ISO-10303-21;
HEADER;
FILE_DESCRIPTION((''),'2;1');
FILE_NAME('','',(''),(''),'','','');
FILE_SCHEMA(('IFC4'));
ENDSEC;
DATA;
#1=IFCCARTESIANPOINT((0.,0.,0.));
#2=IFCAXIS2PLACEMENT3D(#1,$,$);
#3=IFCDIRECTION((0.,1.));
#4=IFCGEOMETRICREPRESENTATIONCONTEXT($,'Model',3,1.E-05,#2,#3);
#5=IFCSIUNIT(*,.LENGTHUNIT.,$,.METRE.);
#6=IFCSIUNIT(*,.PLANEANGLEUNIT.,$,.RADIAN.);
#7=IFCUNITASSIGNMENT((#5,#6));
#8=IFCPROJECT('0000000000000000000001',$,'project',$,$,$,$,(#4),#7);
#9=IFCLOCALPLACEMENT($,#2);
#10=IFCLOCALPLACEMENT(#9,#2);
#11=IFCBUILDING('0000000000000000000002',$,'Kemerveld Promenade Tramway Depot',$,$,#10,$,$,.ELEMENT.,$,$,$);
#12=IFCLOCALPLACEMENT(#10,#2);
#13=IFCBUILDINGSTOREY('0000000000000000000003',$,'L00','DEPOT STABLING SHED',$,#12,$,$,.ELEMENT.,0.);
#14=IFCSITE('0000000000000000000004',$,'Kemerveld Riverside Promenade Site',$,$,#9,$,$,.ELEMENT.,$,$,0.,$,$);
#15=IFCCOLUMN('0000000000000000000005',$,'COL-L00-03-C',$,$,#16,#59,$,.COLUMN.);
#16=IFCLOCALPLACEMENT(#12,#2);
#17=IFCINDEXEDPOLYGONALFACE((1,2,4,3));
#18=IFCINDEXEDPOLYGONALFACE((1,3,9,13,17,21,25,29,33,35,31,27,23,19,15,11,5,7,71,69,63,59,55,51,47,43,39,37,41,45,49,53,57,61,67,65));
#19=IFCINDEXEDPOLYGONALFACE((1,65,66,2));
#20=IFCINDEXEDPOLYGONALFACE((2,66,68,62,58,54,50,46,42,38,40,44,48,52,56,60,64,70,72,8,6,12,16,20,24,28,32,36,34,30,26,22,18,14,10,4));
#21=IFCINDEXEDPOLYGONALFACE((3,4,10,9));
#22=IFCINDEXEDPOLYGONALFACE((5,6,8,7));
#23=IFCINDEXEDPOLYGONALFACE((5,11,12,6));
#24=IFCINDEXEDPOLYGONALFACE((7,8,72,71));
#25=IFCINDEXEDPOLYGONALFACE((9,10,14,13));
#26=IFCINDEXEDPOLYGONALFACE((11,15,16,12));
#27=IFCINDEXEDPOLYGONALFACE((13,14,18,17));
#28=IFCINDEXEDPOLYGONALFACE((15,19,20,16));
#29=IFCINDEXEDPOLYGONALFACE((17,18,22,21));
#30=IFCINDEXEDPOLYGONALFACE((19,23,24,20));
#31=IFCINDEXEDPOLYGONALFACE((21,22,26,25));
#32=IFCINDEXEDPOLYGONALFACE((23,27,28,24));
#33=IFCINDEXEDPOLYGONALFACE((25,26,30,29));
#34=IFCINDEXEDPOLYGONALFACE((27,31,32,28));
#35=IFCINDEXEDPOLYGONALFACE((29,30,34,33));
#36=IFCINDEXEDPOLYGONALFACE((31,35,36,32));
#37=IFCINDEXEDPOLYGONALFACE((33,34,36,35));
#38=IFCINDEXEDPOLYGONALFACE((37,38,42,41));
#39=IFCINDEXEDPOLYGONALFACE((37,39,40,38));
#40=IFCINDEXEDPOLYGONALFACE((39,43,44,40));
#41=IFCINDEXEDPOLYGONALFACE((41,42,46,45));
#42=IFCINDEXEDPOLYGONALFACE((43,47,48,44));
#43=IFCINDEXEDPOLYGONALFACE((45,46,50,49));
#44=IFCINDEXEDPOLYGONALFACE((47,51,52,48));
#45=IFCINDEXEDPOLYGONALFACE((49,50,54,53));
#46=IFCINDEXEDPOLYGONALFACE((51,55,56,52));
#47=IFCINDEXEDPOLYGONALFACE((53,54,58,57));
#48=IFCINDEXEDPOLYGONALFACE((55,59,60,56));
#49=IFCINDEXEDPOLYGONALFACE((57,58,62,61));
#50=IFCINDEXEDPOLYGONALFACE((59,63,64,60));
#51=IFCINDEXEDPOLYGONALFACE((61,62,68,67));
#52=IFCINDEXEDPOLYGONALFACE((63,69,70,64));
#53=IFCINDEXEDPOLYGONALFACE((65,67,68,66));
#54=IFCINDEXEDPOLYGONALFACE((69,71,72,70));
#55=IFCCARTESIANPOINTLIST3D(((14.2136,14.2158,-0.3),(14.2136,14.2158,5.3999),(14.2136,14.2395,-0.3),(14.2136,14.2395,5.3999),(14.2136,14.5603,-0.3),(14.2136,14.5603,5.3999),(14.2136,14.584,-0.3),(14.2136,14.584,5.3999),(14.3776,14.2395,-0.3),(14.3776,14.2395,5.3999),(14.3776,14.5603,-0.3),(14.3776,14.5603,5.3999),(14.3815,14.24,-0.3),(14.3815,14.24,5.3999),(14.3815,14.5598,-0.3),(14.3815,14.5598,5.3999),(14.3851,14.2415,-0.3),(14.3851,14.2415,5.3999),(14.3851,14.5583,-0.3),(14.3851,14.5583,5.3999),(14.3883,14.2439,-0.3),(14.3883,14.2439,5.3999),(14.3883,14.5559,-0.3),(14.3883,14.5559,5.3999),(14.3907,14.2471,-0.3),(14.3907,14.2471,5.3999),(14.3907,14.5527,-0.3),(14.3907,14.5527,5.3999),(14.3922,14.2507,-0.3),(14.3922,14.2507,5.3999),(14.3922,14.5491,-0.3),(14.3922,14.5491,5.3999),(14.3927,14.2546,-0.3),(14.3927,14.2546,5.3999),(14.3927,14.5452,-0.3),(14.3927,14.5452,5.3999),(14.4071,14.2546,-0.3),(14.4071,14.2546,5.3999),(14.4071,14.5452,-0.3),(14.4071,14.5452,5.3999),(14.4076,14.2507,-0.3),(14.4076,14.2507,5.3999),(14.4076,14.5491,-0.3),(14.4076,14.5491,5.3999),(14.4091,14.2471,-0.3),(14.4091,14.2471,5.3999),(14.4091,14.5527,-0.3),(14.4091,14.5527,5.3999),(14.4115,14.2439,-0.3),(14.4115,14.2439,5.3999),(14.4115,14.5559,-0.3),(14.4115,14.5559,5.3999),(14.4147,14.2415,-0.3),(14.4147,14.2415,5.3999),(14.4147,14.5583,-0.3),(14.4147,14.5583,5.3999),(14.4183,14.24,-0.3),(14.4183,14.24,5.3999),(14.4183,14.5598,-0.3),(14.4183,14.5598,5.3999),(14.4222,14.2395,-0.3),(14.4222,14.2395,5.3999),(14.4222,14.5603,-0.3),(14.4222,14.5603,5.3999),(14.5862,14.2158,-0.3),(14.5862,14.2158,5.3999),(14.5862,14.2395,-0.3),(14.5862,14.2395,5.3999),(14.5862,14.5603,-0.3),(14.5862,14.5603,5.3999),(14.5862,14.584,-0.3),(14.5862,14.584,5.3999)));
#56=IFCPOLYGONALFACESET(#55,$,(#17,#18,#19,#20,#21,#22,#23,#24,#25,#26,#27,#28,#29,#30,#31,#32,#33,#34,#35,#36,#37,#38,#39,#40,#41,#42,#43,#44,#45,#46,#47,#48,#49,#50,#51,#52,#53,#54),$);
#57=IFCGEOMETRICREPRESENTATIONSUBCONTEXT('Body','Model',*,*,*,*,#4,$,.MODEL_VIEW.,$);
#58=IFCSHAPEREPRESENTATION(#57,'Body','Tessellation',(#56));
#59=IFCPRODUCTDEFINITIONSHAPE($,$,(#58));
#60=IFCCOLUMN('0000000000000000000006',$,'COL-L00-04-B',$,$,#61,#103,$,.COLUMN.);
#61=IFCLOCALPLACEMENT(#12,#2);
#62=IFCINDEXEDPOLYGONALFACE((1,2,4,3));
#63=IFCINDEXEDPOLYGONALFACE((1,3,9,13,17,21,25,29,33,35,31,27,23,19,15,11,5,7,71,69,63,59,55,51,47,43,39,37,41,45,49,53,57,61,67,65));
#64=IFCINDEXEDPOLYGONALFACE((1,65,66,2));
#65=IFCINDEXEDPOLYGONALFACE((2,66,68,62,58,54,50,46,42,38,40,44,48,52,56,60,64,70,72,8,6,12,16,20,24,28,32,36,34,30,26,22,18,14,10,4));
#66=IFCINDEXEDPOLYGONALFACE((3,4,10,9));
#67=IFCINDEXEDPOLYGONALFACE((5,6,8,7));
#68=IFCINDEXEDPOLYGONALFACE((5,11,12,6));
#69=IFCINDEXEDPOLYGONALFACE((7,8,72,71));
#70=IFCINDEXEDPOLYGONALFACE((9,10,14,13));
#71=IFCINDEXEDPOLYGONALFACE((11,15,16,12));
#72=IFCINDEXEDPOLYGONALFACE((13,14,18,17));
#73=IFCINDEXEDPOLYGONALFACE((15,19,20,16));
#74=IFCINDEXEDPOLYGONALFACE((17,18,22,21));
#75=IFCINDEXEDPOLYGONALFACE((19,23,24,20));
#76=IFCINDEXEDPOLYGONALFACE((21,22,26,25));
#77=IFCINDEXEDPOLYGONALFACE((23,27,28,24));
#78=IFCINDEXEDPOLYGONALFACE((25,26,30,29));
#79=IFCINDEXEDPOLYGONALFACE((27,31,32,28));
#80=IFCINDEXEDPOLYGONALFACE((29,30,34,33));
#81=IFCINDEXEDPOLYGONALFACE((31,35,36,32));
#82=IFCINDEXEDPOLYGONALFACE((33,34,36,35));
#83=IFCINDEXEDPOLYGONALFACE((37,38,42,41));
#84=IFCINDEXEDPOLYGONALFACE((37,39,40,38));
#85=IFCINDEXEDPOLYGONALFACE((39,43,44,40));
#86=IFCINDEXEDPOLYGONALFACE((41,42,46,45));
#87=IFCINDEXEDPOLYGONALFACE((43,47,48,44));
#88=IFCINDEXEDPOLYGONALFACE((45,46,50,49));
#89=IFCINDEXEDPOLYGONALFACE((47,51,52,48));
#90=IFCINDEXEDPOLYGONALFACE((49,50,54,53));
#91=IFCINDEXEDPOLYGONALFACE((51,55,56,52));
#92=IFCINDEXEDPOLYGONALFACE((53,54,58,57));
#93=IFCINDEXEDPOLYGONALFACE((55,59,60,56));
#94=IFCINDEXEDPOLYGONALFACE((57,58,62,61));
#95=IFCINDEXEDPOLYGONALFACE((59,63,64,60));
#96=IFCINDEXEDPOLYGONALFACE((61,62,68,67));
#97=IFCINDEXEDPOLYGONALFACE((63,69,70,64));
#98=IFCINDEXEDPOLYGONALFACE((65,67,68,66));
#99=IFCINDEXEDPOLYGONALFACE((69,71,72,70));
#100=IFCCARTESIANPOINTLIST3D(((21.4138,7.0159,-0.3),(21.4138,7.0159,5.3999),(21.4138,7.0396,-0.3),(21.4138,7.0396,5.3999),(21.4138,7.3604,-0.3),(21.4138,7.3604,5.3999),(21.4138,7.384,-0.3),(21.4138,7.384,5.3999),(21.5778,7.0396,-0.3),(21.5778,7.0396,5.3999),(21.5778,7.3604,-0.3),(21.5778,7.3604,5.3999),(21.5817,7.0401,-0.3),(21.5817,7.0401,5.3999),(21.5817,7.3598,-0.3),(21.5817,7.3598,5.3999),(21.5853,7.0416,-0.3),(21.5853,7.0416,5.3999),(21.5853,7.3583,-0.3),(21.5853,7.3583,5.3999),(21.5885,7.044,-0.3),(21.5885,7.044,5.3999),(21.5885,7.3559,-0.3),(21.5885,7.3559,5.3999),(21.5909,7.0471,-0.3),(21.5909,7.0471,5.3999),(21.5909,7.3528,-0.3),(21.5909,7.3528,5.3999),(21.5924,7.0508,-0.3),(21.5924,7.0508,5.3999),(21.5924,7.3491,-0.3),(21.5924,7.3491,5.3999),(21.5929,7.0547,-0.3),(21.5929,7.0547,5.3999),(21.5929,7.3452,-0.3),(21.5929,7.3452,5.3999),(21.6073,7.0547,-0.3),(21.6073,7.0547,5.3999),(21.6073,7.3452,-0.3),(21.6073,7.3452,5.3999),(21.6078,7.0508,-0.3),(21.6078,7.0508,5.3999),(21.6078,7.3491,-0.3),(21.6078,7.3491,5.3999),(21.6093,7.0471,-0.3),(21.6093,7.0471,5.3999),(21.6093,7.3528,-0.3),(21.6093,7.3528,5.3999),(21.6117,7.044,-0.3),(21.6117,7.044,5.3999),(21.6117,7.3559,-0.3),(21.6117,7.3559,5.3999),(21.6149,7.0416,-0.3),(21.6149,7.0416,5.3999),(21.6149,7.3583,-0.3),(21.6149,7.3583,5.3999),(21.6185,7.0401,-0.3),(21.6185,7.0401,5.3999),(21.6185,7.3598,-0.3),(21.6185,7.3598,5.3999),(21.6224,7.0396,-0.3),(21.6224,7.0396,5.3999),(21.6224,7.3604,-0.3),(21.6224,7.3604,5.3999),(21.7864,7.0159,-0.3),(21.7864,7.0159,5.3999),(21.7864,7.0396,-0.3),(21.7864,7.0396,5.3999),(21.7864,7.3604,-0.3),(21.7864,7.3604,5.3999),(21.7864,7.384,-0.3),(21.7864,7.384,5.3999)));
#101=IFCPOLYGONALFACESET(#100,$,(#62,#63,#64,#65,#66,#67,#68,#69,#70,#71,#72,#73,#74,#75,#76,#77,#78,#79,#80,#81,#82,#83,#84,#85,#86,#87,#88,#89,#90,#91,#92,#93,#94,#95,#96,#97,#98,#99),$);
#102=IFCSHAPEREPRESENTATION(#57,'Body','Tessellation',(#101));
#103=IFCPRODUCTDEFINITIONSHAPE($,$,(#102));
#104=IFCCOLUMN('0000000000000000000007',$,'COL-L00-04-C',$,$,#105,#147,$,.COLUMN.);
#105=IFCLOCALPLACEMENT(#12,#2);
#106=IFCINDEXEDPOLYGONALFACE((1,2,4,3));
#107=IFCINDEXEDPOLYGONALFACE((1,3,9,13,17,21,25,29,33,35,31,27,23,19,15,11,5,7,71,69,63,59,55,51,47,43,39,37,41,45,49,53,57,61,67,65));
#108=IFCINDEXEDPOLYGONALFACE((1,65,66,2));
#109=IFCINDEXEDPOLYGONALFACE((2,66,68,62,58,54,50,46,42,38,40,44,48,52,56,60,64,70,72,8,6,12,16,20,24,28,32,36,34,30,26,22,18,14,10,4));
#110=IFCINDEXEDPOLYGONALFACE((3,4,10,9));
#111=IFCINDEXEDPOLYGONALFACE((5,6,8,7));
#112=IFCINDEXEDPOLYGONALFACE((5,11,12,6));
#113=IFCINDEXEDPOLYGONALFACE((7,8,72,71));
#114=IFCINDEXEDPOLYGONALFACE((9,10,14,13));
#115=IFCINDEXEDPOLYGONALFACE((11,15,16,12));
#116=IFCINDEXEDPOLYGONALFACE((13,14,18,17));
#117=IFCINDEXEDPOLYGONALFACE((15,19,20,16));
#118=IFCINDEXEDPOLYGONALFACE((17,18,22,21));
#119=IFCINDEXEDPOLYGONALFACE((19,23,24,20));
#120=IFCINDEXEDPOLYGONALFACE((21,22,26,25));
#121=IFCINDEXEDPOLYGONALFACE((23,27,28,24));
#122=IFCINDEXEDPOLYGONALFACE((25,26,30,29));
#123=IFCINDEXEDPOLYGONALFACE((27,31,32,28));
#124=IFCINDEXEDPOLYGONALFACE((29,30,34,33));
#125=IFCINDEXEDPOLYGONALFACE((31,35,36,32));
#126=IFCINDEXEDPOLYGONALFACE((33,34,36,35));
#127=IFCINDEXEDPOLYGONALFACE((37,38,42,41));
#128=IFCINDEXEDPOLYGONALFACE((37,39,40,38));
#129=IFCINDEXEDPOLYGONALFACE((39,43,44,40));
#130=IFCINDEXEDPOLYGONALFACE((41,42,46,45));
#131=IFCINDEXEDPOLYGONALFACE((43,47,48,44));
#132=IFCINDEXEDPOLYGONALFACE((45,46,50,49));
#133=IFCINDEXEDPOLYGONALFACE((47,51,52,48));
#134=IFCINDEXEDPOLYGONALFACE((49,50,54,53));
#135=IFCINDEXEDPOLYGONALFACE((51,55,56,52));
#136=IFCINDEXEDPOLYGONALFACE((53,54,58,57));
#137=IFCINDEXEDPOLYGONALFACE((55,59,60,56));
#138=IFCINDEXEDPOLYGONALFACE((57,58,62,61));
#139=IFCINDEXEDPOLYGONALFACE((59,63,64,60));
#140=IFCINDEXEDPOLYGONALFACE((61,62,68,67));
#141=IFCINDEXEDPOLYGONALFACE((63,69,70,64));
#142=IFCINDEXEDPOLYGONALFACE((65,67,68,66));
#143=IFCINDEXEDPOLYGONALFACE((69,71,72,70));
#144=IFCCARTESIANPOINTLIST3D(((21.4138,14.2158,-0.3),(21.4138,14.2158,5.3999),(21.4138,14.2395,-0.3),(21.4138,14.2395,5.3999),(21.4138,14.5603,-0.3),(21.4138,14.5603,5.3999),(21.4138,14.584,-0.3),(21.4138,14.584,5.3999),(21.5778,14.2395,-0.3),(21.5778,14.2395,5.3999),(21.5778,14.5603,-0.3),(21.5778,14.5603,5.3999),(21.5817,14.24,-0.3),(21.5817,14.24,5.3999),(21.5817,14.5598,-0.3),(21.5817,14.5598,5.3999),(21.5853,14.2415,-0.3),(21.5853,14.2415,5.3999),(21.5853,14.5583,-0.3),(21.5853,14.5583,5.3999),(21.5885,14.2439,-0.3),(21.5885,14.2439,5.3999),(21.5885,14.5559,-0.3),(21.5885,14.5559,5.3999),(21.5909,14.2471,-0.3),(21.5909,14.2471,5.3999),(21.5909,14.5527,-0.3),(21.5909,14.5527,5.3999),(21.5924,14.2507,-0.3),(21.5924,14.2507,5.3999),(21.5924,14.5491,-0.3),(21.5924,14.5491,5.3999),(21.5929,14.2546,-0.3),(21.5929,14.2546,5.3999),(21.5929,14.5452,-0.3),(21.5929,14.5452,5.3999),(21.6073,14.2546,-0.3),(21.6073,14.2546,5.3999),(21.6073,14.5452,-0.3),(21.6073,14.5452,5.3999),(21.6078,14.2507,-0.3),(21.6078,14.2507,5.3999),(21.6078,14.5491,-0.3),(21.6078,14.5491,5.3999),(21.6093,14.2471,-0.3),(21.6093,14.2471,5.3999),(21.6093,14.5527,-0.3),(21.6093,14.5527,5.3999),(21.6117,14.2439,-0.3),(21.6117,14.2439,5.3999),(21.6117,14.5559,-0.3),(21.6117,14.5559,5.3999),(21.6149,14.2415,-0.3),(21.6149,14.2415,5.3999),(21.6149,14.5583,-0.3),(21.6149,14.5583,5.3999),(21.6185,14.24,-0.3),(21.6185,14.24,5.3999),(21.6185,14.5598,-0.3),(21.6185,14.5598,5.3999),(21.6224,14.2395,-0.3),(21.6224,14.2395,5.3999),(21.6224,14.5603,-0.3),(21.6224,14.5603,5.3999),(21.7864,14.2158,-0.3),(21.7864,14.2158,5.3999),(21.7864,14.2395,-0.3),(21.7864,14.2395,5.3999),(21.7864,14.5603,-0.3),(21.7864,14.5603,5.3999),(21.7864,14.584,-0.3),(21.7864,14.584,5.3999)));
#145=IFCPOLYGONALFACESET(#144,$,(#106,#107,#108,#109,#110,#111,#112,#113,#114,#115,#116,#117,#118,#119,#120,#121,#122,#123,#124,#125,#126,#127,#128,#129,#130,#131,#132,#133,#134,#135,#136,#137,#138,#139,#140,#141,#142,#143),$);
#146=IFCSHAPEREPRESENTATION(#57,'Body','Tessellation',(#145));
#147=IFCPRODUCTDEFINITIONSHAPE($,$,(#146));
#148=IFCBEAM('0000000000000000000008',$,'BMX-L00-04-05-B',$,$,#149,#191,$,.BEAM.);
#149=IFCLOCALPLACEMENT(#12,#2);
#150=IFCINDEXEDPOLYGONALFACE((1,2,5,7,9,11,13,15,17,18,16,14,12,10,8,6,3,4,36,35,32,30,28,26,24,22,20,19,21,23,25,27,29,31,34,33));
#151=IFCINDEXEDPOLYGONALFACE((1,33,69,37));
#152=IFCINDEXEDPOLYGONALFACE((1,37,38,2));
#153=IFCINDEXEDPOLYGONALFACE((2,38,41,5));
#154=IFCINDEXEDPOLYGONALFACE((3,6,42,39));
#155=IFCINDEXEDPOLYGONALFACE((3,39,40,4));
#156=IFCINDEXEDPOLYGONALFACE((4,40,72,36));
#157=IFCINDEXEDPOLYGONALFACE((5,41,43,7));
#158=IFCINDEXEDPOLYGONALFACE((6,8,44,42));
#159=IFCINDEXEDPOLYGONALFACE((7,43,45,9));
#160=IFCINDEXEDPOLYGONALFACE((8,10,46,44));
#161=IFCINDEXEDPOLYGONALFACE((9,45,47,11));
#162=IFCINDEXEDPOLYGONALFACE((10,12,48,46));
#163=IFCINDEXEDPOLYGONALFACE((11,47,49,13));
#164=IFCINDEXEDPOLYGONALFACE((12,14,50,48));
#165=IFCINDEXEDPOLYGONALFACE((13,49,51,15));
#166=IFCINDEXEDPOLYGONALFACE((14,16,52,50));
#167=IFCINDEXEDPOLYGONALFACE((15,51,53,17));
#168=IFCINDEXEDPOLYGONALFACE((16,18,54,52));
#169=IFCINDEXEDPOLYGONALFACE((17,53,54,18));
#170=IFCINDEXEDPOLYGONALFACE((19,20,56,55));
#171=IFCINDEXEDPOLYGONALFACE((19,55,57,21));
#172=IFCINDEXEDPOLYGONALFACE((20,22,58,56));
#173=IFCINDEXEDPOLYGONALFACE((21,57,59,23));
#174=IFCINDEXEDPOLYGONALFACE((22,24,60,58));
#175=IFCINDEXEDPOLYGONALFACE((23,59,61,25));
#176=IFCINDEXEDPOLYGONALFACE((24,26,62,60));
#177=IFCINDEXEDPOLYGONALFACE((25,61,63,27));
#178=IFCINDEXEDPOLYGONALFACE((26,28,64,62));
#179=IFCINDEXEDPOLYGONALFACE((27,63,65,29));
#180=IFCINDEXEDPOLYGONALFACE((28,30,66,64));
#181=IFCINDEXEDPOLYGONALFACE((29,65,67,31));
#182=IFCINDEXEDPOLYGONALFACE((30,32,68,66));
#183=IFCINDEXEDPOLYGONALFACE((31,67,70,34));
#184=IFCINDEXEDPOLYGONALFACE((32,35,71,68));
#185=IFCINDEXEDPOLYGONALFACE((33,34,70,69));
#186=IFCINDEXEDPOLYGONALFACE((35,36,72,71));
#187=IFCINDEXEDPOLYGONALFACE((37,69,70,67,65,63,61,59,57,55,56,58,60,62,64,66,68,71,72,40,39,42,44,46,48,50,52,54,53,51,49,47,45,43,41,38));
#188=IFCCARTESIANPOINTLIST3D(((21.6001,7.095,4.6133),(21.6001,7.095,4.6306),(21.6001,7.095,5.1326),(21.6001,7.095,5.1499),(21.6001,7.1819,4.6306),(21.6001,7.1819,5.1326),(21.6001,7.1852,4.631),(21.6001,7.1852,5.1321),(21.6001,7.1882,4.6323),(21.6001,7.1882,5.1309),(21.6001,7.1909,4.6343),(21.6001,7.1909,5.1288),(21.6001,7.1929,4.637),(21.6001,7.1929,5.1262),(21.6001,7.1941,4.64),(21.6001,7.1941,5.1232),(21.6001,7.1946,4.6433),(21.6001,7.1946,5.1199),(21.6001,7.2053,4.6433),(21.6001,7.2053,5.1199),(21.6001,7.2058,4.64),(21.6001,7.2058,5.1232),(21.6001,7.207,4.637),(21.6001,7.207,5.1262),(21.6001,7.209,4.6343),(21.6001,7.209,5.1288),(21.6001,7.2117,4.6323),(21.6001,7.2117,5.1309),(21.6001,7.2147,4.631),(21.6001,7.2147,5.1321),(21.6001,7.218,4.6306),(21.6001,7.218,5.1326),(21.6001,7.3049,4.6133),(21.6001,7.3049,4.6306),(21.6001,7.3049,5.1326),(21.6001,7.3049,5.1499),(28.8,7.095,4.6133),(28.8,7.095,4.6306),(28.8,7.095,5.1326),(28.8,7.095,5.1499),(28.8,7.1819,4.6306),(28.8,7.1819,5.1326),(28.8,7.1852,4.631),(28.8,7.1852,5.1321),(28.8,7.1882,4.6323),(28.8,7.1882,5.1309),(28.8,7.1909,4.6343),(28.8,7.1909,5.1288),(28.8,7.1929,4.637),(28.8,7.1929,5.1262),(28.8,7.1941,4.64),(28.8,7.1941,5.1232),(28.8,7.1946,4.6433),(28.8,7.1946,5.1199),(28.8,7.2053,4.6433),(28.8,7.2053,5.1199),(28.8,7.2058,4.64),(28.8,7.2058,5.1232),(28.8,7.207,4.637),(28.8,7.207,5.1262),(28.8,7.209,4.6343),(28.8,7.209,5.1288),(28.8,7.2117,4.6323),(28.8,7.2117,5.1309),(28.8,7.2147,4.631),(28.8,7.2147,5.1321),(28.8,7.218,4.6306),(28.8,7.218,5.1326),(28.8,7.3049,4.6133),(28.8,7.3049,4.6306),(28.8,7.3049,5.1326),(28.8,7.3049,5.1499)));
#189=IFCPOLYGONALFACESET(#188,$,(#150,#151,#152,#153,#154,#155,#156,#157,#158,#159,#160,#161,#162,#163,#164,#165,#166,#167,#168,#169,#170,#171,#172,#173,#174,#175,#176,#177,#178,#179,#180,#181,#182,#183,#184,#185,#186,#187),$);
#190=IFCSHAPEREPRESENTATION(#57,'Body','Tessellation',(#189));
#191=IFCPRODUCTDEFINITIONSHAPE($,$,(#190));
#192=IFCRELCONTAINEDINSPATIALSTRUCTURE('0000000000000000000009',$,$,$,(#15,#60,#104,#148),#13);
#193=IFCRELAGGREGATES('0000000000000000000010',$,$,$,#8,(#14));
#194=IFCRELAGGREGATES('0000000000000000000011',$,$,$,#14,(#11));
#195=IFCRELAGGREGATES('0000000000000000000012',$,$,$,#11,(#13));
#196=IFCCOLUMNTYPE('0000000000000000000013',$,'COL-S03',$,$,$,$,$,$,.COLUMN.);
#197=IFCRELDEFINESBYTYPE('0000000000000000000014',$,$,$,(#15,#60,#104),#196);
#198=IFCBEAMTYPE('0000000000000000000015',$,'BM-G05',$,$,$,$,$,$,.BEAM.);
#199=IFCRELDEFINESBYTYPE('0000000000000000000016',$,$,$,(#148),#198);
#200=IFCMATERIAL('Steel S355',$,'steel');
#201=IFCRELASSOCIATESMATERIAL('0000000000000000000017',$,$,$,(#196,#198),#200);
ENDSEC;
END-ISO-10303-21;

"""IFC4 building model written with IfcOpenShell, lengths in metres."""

from ifc_helpers import new_model, si_unit, direction, frame, origin, origin_2d, place, context, subcontext, project, spatial, i_section, extrude, material, material_profile, profile_set, type_object, element, save


model = new_model("IFC4")

# Units and contexts
model_context = context("Model", 3, precision=1e-05, world=origin(), true_north=direction((0.0, 1.0)))
body_context = subcontext(model_context, "Body", "Model", "MODEL_VIEW")
ifc_project = project(units=[si_unit("LENGTHUNIT", "METRE"), si_unit("PLANEANGLEUNIT", "RADIAN")], contexts=[model_context])

# Site, building, storey
site_placement = place(None, origin())
site = spatial("IfcSite", under=ifc_project, at=site_placement, Name="Kemerveld Riverside Promenade Site", CompositionType="ELEMENT", RefElevation=0.0)
building_placement = place(site_placement, origin())
building = spatial("IfcBuilding", under=site, at=building_placement, Name="Kemerveld Promenade Tramway Depot", CompositionType="ELEMENT")
storey_placement = place(building_placement, origin())
storey = spatial("IfcBuildingStorey", under=building, at=storey_placement, Name="L00", Description="DEPOT STABLING SHED", CompositionType="ELEMENT", Elevation=0.0)

# Columns
ifc_material_1 = material(Name="Steel S355", Category="steel")
ifc_material_profile_1 = material_profile(ifc_material_1, i_section(OverallWidth=0.3726, OverallDepth=0.3682, WebThickness=0.0144, FlangeThickness=0.0237, FilletRadius=0.0151, at=origin_2d()), Name="356x368x177 UC")
ifc_profile_set_1 = profile_set([ifc_material_profile_1], Name="Steel S355")
column_type = type_object("IfcColumnType", Name="COL-S03", PredefinedType="COLUMN", material=ifc_profile_set_1)
for number, where, z_axis, x_axis, name in (
    (1, (14.3999, 14.3999, -0.3), (0.0, 0.0, 1.0), (1.0, 0.0, 0.0), "COL-L00-03-C"),
    (2, (21.6001, 7.2, -0.3), (0.0, 0.0, 1.0), (1.0, 0.0, 0.0), "COL-L00-04-B"),
    (3, (21.6001, 14.3999, -0.3), (0.0, 0.0, 1.0), (1.0, 0.0, 0.0), "COL-L00-04-C"),
):
    element("IfcColumn", number, at=place(storey_placement, frame(where, z_axis=z_axis, x_axis=x_axis)), inside=storey, type_object=column_type, Name=name, PredefinedType="COLUMN", context=body_context, shape_type="SweptSolid", body=[
        extrude(i_section(OverallWidth=0.3726, OverallDepth=0.3682, WebThickness=0.0144, FlangeThickness=0.0237, FilletRadius=0.0151, at=origin_2d()), origin(), (0.0, 0.0, 1.0), 5.7),
    ])

# Beam
ifc_material_profile_2 = material_profile(ifc_material_1, i_section(OverallWidth=0.21, OverallDepth=0.5366, WebThickness=0.0107, FlangeThickness=0.0173, FilletRadius=0.0127, at=origin_2d()), Name="533x210x101 UB")
ifc_profile_set_2 = profile_set([ifc_material_profile_2], Name="Steel S355")
beam_type_1 = type_object("IfcBeamType", Name="BM-G05", PredefinedType="BEAM", material=ifc_profile_set_2)
beam_1_placement = place(storey_placement, frame((21.6001, 7.2, 4.8816), z_axis=(1.0, 0.0, 0.0), x_axis=(0.0, 1.0, 0.0)))
element("IfcBeam", 4, at=beam_1_placement, inside=storey, type_object=beam_type_1, Name="BMX-L00-04-05-B", PredefinedType="BEAM", context=body_context, shape_type="SweptSolid", body=[
    extrude(i_section(OverallWidth=0.21, OverallDepth=0.5366, WebThickness=0.0107, FlangeThickness=0.0173, FilletRadius=0.0127, at=origin_2d()), origin(), (0.0, 0.0, 1.0), 7.2),
])

save(model, "model.ifc")
